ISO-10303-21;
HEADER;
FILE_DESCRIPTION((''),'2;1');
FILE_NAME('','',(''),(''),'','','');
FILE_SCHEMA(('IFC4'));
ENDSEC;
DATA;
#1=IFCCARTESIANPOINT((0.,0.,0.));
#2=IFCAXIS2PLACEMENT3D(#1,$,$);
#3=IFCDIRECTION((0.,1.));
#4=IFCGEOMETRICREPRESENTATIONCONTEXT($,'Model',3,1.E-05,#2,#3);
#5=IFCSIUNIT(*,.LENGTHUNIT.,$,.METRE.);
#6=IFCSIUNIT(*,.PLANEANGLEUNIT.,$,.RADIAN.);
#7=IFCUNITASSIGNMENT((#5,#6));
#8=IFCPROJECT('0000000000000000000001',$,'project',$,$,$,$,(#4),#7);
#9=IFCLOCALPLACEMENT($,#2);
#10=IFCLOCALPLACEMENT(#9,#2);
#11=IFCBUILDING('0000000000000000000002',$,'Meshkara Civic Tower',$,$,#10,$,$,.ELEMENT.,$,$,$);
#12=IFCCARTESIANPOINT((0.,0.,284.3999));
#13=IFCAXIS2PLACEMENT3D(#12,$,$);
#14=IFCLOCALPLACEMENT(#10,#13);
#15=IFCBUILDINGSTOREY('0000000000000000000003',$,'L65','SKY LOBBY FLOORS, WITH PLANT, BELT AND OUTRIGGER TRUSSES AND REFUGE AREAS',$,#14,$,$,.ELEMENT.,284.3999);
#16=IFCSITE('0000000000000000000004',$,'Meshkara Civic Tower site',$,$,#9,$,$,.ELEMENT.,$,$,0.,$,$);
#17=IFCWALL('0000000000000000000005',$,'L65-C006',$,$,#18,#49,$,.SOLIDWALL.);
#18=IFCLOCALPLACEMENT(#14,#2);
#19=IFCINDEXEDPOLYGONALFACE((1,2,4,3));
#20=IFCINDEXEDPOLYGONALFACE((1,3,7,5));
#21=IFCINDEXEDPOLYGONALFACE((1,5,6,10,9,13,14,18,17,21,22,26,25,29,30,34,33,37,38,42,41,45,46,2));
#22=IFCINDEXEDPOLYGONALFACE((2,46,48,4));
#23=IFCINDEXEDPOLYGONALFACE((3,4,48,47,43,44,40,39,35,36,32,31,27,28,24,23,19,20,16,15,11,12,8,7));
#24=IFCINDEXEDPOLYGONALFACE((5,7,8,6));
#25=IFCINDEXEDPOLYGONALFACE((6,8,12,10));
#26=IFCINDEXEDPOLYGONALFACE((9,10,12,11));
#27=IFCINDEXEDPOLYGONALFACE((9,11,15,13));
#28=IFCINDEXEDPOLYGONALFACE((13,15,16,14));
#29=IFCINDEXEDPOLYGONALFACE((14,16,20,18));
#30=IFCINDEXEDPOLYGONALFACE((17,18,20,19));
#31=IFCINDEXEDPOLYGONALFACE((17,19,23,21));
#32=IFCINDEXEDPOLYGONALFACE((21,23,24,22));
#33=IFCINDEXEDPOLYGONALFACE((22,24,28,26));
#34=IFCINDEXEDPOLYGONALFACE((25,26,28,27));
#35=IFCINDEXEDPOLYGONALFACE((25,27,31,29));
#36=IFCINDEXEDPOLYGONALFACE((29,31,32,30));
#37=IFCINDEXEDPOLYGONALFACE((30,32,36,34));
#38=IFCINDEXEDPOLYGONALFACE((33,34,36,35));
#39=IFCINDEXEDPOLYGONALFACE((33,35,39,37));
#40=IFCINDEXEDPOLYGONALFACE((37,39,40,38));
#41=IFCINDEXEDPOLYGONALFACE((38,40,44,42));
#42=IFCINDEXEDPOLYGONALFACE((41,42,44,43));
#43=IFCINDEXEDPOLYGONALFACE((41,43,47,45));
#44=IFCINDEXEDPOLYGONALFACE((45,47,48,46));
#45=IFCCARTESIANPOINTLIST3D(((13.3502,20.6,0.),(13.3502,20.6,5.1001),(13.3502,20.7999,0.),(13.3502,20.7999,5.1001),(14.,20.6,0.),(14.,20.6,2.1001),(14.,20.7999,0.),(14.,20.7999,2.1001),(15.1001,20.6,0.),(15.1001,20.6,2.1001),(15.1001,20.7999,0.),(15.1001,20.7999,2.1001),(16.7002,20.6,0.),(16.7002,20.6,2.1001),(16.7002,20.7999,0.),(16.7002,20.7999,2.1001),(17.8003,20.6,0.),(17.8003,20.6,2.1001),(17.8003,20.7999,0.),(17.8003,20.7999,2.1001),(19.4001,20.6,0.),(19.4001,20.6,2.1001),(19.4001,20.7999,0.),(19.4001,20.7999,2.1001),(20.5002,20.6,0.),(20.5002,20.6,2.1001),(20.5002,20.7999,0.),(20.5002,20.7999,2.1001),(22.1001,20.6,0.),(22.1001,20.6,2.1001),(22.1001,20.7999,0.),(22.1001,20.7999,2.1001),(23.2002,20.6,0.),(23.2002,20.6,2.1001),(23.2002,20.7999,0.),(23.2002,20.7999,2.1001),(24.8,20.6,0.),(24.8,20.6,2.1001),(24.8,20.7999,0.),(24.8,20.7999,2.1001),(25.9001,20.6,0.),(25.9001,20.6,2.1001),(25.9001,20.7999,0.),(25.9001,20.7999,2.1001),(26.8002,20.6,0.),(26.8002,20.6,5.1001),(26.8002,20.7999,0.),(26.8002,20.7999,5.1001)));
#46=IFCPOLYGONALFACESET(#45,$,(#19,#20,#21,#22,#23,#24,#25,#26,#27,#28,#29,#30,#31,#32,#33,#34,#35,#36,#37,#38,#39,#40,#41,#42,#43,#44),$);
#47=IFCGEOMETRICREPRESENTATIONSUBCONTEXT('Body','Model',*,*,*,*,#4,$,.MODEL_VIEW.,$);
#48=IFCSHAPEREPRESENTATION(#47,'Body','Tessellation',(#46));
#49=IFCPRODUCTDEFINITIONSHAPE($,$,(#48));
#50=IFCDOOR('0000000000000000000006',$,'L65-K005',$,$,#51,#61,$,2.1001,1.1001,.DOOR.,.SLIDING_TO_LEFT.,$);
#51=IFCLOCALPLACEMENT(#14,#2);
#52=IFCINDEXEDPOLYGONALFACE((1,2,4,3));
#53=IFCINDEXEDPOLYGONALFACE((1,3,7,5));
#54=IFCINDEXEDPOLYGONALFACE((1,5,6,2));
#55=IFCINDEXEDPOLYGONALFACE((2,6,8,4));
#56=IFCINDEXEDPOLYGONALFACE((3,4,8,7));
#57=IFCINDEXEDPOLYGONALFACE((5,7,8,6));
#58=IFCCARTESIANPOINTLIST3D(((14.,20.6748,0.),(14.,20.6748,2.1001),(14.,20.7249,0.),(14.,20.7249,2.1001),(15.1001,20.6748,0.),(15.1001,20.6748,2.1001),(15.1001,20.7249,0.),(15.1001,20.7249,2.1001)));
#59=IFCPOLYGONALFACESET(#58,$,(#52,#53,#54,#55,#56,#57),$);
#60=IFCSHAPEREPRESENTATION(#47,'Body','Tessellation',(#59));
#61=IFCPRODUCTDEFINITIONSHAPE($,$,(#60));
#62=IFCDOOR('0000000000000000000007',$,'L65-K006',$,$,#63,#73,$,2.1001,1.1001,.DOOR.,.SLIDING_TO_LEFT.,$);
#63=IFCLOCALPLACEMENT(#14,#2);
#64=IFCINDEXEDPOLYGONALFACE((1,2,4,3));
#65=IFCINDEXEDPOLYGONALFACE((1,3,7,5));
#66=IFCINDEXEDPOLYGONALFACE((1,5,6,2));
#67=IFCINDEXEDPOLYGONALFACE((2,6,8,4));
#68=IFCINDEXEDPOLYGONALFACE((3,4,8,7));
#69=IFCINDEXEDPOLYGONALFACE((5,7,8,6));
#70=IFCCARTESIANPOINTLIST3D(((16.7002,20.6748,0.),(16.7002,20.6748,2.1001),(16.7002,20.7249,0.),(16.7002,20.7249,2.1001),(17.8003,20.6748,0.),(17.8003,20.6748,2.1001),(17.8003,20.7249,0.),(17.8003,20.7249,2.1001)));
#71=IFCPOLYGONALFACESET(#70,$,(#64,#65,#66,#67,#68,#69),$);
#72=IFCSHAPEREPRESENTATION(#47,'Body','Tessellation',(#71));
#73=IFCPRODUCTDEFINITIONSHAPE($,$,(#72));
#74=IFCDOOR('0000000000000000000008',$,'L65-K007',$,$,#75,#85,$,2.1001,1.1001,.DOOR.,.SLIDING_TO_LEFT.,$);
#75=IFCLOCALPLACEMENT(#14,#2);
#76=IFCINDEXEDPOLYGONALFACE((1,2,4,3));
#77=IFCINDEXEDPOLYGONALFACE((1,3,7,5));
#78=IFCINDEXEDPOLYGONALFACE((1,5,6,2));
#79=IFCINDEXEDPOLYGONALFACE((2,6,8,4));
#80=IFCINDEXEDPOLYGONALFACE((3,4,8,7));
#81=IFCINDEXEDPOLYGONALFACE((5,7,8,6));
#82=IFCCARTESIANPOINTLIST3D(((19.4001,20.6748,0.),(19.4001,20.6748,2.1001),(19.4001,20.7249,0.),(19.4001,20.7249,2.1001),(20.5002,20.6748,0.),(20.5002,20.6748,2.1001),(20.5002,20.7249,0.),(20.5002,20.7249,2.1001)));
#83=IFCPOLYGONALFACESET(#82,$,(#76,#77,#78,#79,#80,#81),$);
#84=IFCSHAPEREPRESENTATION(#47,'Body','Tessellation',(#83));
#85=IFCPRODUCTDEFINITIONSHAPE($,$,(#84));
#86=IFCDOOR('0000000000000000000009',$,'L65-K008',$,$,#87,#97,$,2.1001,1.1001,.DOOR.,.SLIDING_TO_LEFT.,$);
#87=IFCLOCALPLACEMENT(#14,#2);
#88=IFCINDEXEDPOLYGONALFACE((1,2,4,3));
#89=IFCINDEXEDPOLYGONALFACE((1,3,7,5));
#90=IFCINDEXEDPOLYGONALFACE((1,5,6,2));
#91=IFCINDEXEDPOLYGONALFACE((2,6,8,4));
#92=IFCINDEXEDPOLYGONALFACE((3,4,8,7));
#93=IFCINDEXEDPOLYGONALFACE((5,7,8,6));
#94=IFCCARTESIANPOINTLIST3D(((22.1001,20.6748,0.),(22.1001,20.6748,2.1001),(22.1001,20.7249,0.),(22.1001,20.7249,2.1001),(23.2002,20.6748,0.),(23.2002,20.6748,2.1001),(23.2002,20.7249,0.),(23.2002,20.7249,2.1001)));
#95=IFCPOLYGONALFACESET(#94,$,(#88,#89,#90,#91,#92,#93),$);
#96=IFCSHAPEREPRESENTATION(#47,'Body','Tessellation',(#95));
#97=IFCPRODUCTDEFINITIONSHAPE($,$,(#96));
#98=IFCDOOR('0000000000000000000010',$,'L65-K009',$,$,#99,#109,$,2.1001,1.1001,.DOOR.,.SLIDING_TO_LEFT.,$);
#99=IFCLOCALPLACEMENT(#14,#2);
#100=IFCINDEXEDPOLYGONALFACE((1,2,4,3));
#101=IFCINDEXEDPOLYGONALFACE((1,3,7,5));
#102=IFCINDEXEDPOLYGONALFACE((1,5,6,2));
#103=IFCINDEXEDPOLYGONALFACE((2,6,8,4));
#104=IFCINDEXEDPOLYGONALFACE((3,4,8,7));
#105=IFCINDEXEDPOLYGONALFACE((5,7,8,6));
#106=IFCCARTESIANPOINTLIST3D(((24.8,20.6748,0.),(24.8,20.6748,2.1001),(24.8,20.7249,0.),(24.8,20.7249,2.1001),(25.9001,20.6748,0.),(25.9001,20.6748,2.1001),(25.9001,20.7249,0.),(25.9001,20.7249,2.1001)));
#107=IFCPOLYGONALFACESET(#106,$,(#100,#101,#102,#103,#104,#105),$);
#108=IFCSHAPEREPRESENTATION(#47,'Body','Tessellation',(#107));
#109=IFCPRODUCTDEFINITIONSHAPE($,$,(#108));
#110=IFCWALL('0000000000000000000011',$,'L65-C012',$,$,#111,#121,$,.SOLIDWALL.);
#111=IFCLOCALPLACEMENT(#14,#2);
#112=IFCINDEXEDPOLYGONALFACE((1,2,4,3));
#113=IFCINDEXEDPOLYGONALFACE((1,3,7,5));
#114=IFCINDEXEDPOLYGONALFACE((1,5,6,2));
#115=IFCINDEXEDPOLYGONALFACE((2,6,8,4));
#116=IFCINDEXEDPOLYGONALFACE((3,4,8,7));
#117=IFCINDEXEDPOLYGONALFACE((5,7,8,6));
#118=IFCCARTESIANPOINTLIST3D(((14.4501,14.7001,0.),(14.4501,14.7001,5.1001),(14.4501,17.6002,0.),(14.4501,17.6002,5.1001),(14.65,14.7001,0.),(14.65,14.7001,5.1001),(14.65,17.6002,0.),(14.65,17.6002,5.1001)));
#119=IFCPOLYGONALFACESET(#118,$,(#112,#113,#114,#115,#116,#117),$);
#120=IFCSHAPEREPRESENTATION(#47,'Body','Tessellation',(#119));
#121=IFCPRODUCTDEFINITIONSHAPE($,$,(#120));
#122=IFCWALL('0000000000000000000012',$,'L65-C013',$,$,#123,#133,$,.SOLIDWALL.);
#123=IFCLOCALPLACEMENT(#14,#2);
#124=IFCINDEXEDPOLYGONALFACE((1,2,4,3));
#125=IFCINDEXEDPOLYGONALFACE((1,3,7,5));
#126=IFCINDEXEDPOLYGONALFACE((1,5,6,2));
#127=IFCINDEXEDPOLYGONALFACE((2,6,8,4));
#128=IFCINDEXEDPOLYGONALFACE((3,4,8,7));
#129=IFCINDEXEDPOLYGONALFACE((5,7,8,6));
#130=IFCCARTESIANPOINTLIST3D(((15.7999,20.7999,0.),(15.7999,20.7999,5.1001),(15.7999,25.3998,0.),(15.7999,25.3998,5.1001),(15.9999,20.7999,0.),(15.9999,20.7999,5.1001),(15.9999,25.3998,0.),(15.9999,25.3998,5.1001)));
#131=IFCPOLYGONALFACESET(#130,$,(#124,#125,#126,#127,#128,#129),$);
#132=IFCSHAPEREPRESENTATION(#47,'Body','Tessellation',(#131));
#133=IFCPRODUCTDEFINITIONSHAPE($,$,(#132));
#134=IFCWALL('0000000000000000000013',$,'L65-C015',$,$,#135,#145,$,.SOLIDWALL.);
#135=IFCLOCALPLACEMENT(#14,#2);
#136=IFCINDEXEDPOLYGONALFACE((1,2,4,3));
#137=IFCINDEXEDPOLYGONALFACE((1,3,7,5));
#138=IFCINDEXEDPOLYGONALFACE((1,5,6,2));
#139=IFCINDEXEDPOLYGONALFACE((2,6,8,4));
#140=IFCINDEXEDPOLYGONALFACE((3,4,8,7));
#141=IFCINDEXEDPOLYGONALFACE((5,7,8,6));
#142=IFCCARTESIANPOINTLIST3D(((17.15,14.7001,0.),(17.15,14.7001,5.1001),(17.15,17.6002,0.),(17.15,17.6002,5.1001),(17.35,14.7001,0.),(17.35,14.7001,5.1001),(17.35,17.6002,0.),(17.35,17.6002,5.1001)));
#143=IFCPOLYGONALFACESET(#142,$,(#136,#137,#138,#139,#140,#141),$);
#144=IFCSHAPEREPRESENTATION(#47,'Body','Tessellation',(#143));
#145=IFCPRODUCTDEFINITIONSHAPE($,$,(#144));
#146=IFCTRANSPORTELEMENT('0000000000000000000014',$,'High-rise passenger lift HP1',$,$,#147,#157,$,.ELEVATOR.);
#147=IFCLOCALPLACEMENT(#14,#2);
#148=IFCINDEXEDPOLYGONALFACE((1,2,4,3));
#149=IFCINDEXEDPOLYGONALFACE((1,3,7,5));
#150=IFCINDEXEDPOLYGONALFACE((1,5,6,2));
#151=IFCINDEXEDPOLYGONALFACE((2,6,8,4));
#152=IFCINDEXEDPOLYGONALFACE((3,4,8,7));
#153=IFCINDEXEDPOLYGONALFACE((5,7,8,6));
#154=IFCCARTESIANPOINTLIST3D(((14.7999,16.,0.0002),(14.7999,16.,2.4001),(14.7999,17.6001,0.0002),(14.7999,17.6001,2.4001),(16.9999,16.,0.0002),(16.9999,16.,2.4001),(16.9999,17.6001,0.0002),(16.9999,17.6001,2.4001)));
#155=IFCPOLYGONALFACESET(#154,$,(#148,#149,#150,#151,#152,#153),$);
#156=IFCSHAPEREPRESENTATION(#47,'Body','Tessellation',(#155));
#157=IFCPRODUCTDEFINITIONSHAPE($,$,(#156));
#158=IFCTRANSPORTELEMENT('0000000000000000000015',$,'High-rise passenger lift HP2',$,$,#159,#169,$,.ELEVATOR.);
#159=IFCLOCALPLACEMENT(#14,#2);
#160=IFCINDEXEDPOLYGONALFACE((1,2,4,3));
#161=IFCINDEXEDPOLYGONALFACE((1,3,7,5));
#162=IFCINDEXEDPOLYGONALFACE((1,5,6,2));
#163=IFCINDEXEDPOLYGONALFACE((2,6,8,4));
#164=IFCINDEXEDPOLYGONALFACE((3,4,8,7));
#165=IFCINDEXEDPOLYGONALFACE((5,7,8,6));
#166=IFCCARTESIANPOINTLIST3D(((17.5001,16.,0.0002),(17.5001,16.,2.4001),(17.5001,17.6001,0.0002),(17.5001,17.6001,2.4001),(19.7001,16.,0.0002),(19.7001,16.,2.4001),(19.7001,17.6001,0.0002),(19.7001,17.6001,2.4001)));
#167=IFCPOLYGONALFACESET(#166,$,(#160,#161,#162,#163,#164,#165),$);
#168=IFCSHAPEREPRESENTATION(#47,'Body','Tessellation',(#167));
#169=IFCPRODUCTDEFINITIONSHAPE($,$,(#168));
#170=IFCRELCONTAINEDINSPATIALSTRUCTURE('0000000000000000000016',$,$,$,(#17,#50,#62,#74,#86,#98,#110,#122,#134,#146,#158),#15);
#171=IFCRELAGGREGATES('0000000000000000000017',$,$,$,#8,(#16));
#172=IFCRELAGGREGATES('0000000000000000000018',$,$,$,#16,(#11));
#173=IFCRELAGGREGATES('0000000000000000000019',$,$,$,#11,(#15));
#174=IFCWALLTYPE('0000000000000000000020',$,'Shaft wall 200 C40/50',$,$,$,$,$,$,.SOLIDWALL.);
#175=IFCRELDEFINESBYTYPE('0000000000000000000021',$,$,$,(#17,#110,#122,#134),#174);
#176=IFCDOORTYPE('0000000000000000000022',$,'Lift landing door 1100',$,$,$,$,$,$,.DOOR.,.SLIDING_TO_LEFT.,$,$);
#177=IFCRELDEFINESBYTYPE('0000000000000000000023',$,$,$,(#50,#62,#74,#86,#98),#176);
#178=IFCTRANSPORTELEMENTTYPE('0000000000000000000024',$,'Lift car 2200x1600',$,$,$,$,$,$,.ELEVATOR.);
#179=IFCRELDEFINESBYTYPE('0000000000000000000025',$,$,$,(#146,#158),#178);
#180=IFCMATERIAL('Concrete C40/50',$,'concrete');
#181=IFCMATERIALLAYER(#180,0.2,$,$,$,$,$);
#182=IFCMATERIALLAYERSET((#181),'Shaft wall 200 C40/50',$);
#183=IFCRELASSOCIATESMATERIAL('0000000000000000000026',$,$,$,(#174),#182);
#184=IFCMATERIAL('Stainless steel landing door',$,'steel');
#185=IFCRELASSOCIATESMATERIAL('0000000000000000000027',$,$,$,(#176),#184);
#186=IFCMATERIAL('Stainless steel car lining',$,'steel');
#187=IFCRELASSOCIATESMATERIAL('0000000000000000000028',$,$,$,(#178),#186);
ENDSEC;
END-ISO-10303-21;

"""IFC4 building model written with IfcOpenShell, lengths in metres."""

from ifc_helpers import new_model, si_unit, direction, frame, frame_2d, origin, origin_2d, place, context, subcontext, project, spatial, rectangle, extrude, material, layer, layer_set, type_object, element, fill, save


model = new_model("IFC4")

# Units and contexts
model_context = context("Model", 3, precision=1e-05, world=origin(), true_north=direction((0.0, 1.0)))
body_context = subcontext(model_context, "Body", "Model", "MODEL_VIEW")
ifc_project = project(units=[si_unit("LENGTHUNIT", "METRE"), si_unit("PLANEANGLEUNIT", "RADIAN")], contexts=[model_context])

# Site, building, storey
site_placement = place(None, origin())
site = spatial("IfcSite", under=ifc_project, at=site_placement, Name="Meshkara Civic Tower site", CompositionType="ELEMENT", RefElevation=0.0)
building_placement = place(site_placement, origin())
building = spatial("IfcBuilding", under=site, at=building_placement, Name="Meshkara Civic Tower", CompositionType="ELEMENT")
storey_placement = place(building_placement, frame((0.0, 0.0, 284.3999)))
storey = spatial("IfcBuildingStorey", under=building, at=storey_placement, Name="L65", Description="SKY LOBBY FLOORS, WITH PLANT, BELT AND OUTRIGGER TRUSSES AND REFUGE AREAS", CompositionType="ELEMENT", Elevation=284.3999)

# Wall, openings, doors
ifc_material_1 = material(Name="Concrete C40/50", Category="concrete")
ifc_layer_1 = layer(ifc_material_1, 0.2)
ifc_layer_set_1 = layer_set([ifc_layer_1], Name="Shaft wall 200 C40/50")
wall_type_1 = type_object("IfcWallType", Name="Shaft wall 200 C40/50", PredefinedType="SOLIDWALL", material=ifc_layer_set_1)
ifc_material_2 = material(Name="Stainless steel landing door", Category="steel")
door_type_1 = type_object("IfcDoorType", Name="Lift landing door 1100", OperationType="SLIDING_TO_LEFT", PredefinedType="DOOR", material=ifc_material_2)
wall_1_placement = place(storey_placement, frame((13.3501, 20.7, 0.0), z_axis=(0.0, 0.0, 1.0), x_axis=(1.0, 0.0, 0.0)))
wall_1 = element("IfcWall", 1, at=wall_1_placement, inside=storey, type_object=wall_type_1, Name="L65-C006", PredefinedType="SOLIDWALL", context=body_context, shape_type="SweptSolid", body=[
    extrude(rectangle(XDim=13.45, YDim=0.2, at=frame_2d((6.7251, 0.0))), origin(), (0.0, 0.0, 1.0), 5.1001),
])
opening_1_placement = place(wall_1_placement, frame((0.6499, 0.0, 0.0)))
opening_1 = element("IfcOpeningElement", 2, at=opening_1_placement, cuts=wall_1, PredefinedType="OPENING", context=body_context, shape_type="SweptSolid", body=[
    extrude(rectangle(XDim=1.1001, YDim=2.1001, at=frame_2d((0.55, 1.05))), frame((0.0, 0.1099, 0.0), z_axis=(0.0, -1.0, 0.0), x_axis=(1.0, 0.0, 0.0)), (0.0, 0.0, 1.0), 0.22),
])
opening_2_placement = place(wall_1_placement, frame((3.3501, 0.0, 0.0)))
opening_2 = element("IfcOpeningElement", 3, at=opening_2_placement, cuts=wall_1, PredefinedType="OPENING", context=body_context, shape_type="SweptSolid", body=[
    extrude(rectangle(XDim=1.1001, YDim=2.1001, at=frame_2d((0.55, 1.05))), frame((0.0, 0.1099, 0.0), z_axis=(0.0, -1.0, 0.0), x_axis=(1.0, 0.0, 0.0)), (0.0, 0.0, 1.0), 0.22),
])
opening_3_placement = place(wall_1_placement, frame((6.05, 0.0, 0.0)))
opening_3 = element("IfcOpeningElement", 4, at=opening_3_placement, cuts=wall_1, PredefinedType="OPENING", context=body_context, shape_type="SweptSolid", body=[
    extrude(rectangle(XDim=1.1001, YDim=2.1001, at=frame_2d((0.55, 1.05))), frame((0.0, 0.1099, 0.0), z_axis=(0.0, -1.0, 0.0), x_axis=(1.0, 0.0, 0.0)), (0.0, 0.0, 1.0), 0.22),
])
opening_4_placement = place(wall_1_placement, frame((8.75, 0.0, 0.0)))
opening_4 = element("IfcOpeningElement", 5, at=opening_4_placement, cuts=wall_1, PredefinedType="OPENING", context=body_context, shape_type="SweptSolid", body=[
    extrude(rectangle(XDim=1.1001, YDim=2.1001, at=frame_2d((0.55, 1.05))), frame((0.0, 0.1099, 0.0), z_axis=(0.0, -1.0, 0.0), x_axis=(1.0, 0.0, 0.0)), (0.0, 0.0, 1.0), 0.22),
])
opening_5_placement = place(wall_1_placement, frame((11.45, 0.0, 0.0)))
opening_5 = element("IfcOpeningElement", 6, at=opening_5_placement, cuts=wall_1, PredefinedType="OPENING", context=body_context, shape_type="SweptSolid", body=[
    extrude(rectangle(XDim=1.1001, YDim=2.1001, at=frame_2d((0.55, 1.05))), frame((0.0, 0.1099, 0.0), z_axis=(0.0, -1.0, 0.0), x_axis=(1.0, 0.0, 0.0)), (0.0, 0.0, 1.0), 0.22),
])
door_1_placement = place(opening_1_placement, origin())
door_1 = element("IfcDoor", 7, at=door_1_placement, inside=storey, type_object=door_type_1, Name="L65-K005", OperationType="SLIDING_TO_LEFT", OverallHeight=2.1001, OverallWidth=1.1001, PredefinedType="DOOR", context=body_context, shape_type="SweptSolid", body=[
    extrude(rectangle(XDim=1.1001, YDim=2.1001, at=frame_2d((0.55, 1.05))), frame((0.0, 0.0249, 0.0), z_axis=(0.0, -1.0, 0.0), x_axis=(1.0, 0.0, 0.0)), (0.0, 0.0, 1.0), 0.05),
])
fill(opening_1, door_1)
door_2_placement = place(opening_2_placement, origin())
door_2 = element("IfcDoor", 8, at=door_2_placement, inside=storey, type_object=door_type_1, Name="L65-K006", OperationType="SLIDING_TO_LEFT", OverallHeight=2.1001, OverallWidth=1.1001, PredefinedType="DOOR", context=body_context, shape_type="SweptSolid", body=[
    extrude(rectangle(XDim=1.1001, YDim=2.1001, at=frame_2d((0.55, 1.05))), frame((0.0, 0.0249, 0.0), z_axis=(0.0, -1.0, 0.0), x_axis=(1.0, 0.0, 0.0)), (0.0, 0.0, 1.0), 0.05),
])
fill(opening_2, door_2)
door_3_placement = place(opening_3_placement, origin())
door_3 = element("IfcDoor", 9, at=door_3_placement, inside=storey, type_object=door_type_1, Name="L65-K007", OperationType="SLIDING_TO_LEFT", OverallHeight=2.1001, OverallWidth=1.1001, PredefinedType="DOOR", context=body_context, shape_type="SweptSolid", body=[
    extrude(rectangle(XDim=1.1001, YDim=2.1001, at=frame_2d((0.55, 1.05))), frame((0.0, 0.0249, 0.0), z_axis=(0.0, -1.0, 0.0), x_axis=(1.0, 0.0, 0.0)), (0.0, 0.0, 1.0), 0.05),
])
fill(opening_3, door_3)
door_4_placement = place(opening_4_placement, origin())
door_4 = element("IfcDoor", 10, at=door_4_placement, inside=storey, type_object=door_type_1, Name="L65-K008", OperationType="SLIDING_TO_LEFT", OverallHeight=2.1001, OverallWidth=1.1001, PredefinedType="DOOR", context=body_context, shape_type="SweptSolid", body=[
    extrude(rectangle(XDim=1.1001, YDim=2.1001, at=frame_2d((0.55, 1.05))), frame((0.0, 0.0249, 0.0), z_axis=(0.0, -1.0, 0.0), x_axis=(1.0, 0.0, 0.0)), (0.0, 0.0, 1.0), 0.05),
])
fill(opening_4, door_4)
door_5_placement = place(opening_5_placement, origin())
door_5 = element("IfcDoor", 11, at=door_5_placement, inside=storey, type_object=door_type_1, Name="L65-K009", OperationType="SLIDING_TO_LEFT", OverallHeight=2.1001, OverallWidth=1.1001, PredefinedType="DOOR", context=body_context, shape_type="SweptSolid", body=[
    extrude(rectangle(XDim=1.1001, YDim=2.1001, at=frame_2d((0.55, 1.05))), frame((0.0, 0.0249, 0.0), z_axis=(0.0, -1.0, 0.0), x_axis=(1.0, 0.0, 0.0)), (0.0, 0.0, 1.0), 0.05),
])
fill(opening_5, door_5)

# Walls
wall_2_placement = place(storey_placement, frame((14.55, 14.7, 0.0), z_axis=(0.0, 0.0, 1.0), x_axis=(0.0, 1.0, 0.0)))
element("IfcWall", 12, at=wall_2_placement, inside=storey, type_object=wall_type_1, Name="L65-C012", PredefinedType="SOLIDWALL", context=body_context, shape_type="SweptSolid", body=[
    extrude(rectangle(XDim=2.9001, YDim=0.2, at=frame_2d((1.4502, 0.0))), origin(), (0.0, 0.0, 1.0), 5.1001),
])
wall_3_placement = place(storey_placement, frame((15.8999, 20.8, 0.0), z_axis=(0.0, 0.0, 1.0), x_axis=(0.0, 1.0, 0.0)))
element("IfcWall", 13, at=wall_3_placement, inside=storey, type_object=wall_type_1, Name="L65-C013", PredefinedType="SOLIDWALL", context=body_context, shape_type="SweptSolid", body=[
    extrude(rectangle(XDim=4.5999, YDim=0.2, at=frame_2d((2.2998, 0.0))), origin(), (0.0, 0.0, 1.0), 5.1001),
])
wall_4_placement = place(storey_placement, frame((17.25, 14.7, 0.0), z_axis=(0.0, 0.0, 1.0), x_axis=(0.0, 1.0, 0.0)))
element("IfcWall", 14, at=wall_4_placement, inside=storey, type_object=wall_type_1, Name="L65-C015", PredefinedType="SOLIDWALL", context=body_context, shape_type="SweptSolid", body=[
    extrude(rectangle(XDim=2.9001, YDim=0.2, at=frame_2d((1.4502, 0.0))), origin(), (0.0, 0.0, 1.0), 5.1001),
])

# Transport elements
ifc_material_3 = material(Name="Stainless steel car lining", Category="steel")
transport_element_type = type_object("IfcTransportElementType", Name="Lift car 2200x1600", PredefinedType="ELEVATOR", material=ifc_material_3)
for number, where, z_axis, x_axis, name in (
    (15, (15.8999, 16.8, 0.0002), (0.0, 0.0, 1.0), (1.0, 0.0, 0.0), "High-rise passenger lift HP1"),
    (16, (18.6001, 16.8, 0.0002), (0.0, 0.0, 1.0), (1.0, 0.0, 0.0), "High-rise passenger lift HP2"),
):
    element("IfcTransportElement", number, at=place(storey_placement, frame(where, z_axis=z_axis, x_axis=x_axis)), inside=storey, type_object=transport_element_type, Name=name, PredefinedType="ELEVATOR", context=body_context, shape_type="SweptSolid", body=[
        extrude(rectangle(XDim=2.2, YDim=1.6001, at=origin_2d()), origin(), (0.0, 0.0, 1.0), 2.3999),
    ])

save(model, "model.ifc")
